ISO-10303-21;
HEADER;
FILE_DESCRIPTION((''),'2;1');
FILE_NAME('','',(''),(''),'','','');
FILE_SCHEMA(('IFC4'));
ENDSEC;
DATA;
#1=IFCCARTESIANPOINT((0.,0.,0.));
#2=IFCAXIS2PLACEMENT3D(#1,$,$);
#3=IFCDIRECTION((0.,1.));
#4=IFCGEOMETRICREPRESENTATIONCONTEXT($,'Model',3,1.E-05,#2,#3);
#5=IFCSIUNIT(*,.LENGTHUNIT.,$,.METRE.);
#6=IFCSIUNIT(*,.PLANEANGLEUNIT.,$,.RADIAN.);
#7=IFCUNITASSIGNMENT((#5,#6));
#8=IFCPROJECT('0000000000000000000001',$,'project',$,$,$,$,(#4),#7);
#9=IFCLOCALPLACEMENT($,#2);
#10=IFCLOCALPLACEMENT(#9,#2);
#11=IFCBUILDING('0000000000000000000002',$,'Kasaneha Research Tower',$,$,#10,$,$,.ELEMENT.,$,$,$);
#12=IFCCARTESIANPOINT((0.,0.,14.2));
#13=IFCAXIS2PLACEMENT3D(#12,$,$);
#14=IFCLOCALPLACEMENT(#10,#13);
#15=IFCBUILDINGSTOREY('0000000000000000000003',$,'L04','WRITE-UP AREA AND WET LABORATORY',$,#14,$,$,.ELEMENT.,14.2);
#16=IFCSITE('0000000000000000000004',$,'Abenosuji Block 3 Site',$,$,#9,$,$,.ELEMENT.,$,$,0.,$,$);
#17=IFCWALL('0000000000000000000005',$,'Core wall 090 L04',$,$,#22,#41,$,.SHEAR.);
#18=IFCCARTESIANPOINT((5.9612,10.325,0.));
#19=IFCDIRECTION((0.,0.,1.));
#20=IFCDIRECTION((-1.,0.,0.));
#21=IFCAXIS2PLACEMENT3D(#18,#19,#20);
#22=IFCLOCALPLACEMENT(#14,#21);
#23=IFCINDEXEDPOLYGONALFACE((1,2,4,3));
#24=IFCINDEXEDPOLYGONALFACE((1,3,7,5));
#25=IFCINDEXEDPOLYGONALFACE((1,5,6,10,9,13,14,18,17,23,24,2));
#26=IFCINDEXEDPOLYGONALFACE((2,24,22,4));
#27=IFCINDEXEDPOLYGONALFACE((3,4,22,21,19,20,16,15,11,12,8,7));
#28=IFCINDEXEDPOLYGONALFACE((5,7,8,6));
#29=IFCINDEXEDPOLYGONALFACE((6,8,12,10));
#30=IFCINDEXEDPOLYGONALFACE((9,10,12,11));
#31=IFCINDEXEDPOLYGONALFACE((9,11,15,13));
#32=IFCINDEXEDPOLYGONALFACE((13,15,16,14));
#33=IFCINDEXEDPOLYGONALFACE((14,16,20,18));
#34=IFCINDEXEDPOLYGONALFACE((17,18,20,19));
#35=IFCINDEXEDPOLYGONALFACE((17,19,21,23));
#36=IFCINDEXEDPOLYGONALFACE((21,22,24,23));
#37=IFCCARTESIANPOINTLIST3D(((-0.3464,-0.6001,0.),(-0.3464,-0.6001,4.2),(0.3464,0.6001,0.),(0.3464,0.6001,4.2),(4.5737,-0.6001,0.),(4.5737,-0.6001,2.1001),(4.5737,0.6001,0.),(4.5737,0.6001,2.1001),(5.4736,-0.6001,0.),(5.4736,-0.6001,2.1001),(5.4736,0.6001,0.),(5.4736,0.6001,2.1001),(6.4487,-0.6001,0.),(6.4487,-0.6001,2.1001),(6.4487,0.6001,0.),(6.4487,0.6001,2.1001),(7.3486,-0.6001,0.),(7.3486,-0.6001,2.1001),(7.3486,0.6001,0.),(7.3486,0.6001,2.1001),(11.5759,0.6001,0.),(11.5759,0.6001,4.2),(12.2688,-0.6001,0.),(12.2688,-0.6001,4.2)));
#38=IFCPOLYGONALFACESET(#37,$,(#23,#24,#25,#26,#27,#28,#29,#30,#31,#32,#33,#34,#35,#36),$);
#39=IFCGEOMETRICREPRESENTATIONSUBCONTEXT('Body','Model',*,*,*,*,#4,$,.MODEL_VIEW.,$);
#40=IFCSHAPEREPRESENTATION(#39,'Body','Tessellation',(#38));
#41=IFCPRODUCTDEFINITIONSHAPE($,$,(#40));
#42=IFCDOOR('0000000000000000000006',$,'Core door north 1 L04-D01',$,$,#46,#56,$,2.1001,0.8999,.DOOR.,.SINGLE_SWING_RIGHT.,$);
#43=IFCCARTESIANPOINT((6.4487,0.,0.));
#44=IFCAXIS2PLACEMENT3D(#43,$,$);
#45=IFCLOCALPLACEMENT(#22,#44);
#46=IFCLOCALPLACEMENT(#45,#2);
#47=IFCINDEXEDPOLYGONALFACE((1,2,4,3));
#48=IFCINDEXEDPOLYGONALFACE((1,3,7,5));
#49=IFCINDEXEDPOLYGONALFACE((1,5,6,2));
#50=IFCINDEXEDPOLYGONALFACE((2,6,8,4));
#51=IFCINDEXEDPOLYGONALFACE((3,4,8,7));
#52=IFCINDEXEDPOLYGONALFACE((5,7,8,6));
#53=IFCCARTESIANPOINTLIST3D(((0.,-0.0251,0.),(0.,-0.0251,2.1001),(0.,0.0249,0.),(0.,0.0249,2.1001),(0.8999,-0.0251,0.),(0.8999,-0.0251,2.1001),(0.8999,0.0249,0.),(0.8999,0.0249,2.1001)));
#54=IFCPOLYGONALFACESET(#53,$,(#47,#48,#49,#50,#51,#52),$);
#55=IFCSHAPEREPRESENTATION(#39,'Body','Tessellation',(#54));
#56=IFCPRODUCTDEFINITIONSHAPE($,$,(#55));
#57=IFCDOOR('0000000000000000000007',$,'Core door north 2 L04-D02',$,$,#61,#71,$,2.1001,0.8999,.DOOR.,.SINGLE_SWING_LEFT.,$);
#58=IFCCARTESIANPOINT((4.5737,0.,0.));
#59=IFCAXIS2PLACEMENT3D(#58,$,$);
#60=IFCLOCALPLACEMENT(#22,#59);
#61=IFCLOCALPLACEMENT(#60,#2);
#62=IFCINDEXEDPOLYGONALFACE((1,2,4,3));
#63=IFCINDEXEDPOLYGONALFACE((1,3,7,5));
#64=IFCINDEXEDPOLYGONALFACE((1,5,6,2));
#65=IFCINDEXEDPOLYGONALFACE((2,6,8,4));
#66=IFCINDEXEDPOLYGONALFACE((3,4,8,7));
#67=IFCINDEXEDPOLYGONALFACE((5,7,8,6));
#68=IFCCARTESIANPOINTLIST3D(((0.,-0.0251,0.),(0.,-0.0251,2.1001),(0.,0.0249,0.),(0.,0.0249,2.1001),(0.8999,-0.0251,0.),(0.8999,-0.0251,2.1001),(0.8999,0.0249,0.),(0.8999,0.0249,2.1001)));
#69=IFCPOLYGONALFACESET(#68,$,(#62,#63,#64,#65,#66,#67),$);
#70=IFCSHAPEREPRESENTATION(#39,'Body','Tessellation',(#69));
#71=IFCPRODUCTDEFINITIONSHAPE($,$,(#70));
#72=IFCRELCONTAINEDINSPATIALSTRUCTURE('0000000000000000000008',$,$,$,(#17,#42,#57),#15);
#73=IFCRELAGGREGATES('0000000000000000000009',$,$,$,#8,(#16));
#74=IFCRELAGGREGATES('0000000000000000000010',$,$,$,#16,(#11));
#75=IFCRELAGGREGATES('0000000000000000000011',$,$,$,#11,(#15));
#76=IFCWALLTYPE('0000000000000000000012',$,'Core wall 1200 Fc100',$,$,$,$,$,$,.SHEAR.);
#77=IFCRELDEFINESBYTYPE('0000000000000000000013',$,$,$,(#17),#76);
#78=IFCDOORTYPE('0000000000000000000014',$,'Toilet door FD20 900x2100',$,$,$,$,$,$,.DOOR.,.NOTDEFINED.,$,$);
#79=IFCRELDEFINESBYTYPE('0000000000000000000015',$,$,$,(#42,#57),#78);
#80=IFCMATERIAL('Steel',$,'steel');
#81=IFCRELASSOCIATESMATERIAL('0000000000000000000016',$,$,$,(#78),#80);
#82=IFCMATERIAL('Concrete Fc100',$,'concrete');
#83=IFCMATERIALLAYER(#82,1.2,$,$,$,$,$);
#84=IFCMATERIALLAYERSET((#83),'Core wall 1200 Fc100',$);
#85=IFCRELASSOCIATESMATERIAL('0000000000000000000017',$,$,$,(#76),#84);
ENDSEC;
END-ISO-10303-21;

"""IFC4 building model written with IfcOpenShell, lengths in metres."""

from ifc_helpers import new_model, si_unit, direction, frame, frame_2d, origin, place, context, subcontext, project, spatial, polyline, rectangle, outline, extrude, material, layer, layer_set, type_object, element, fill, save


model = new_model("IFC4")

# Units and contexts
model_context = context("Model", 3, precision=1e-05, world=origin(), true_north=direction((0.0, 1.0)))
body_context = subcontext(model_context, "Body", "Model", "MODEL_VIEW")
ifc_project = project(units=[si_unit("LENGTHUNIT", "METRE"), si_unit("PLANEANGLEUNIT", "RADIAN")], contexts=[model_context])

# Site, building, storey
site_placement = place(None, origin())
site = spatial("IfcSite", under=ifc_project, at=site_placement, Name="Abenosuji Block 3 Site", CompositionType="ELEMENT", RefElevation=0.0)
building_placement = place(site_placement, origin())
building = spatial("IfcBuilding", under=site, at=building_placement, Name="Kasaneha Research Tower", CompositionType="ELEMENT")
storey_placement = place(building_placement, frame((0.0, 0.0, 14.2)))
storey = spatial("IfcBuildingStorey", under=building, at=storey_placement, Name="L04", Description="WRITE-UP AREA AND WET LABORATORY", CompositionType="ELEMENT", Elevation=14.2)

# Shared definitions
ifc_material_1 = material(Name="Steel", Category="steel")
door_type_1 = type_object("IfcDoorType", Name="Toilet door FD20 900x2100", OperationType="NOTDEFINED", PredefinedType="DOOR", material=ifc_material_1)

# Wall, openings, doors
ifc_material_2 = material(Name="Concrete Fc100", Category="concrete")
ifc_layer_1 = layer(ifc_material_2, 1.2)
ifc_layer_set_1 = layer_set([ifc_layer_1], Name="Core wall 1200 Fc100")
wall_type_1 = type_object("IfcWallType", Name="Core wall 1200 Fc100", PredefinedType="SHEAR", material=ifc_layer_set_1)
wall_1_placement = place(storey_placement, frame((5.9612, 10.325, 0.0), z_axis=(0.0, 0.0, 1.0), x_axis=(-1.0, 0.0, 0.0)))
wall_1 = element("IfcWall", 1, at=wall_1_placement, inside=storey, type_object=wall_type_1, Name="Core wall 090 L04", PredefinedType="SHEAR", context=body_context, shape_type="SweptSolid", body=[
    extrude(outline(polyline([(-0.3464, -0.6001), (4.5737, -0.6001), (5.4736, -0.6001), (6.4487, -0.6001), (7.3486, -0.6001), (12.2688, -0.6001), (11.5759, 0.6001), (7.3486, 0.6001), (6.4487, 0.6001), (5.4736, 0.6001), (4.5737, 0.6001), (0.3464, 0.6001), (-0.3464, -0.6001)])), origin(), (0.0, 0.0, 1.0), 4.2),
])
opening_1_placement = place(wall_1_placement, frame((6.4487, 0.0, 0.0)))
opening_1 = element("IfcOpeningElement", 2, at=opening_1_placement, cuts=wall_1, PredefinedType="OPENING", context=body_context, shape_type="SweptSolid", body=[
    extrude(rectangle(XDim=0.8999, YDim=2.1001, at=frame_2d((0.45, 1.05))), frame((0.0, 0.6099, 0.0), z_axis=(0.0, -1.0, 0.0), x_axis=(1.0, 0.0, 0.0)), (0.0, 0.0, 1.0), 1.22),
])
opening_2_placement = place(wall_1_placement, frame((4.5737, 0.0, 0.0)))
opening_2 = element("IfcOpeningElement", 3, at=opening_2_placement, cuts=wall_1, PredefinedType="OPENING", context=body_context, shape_type="SweptSolid", body=[
    extrude(rectangle(XDim=0.8999, YDim=2.1001, at=frame_2d((0.45, 1.05))), frame((0.0, 0.6099, 0.0), z_axis=(0.0, -1.0, 0.0), x_axis=(1.0, 0.0, 0.0)), (0.0, 0.0, 1.0), 1.22),
])
door_1_placement = place(opening_1_placement, origin())
door_1 = element("IfcDoor", 4, at=door_1_placement, inside=storey, type_object=door_type_1, Name="Core door north 1 L04-D01", OperationType="SINGLE_SWING_RIGHT", OverallHeight=2.1001, OverallWidth=0.8999, PredefinedType="DOOR", context=body_context, shape_type="SweptSolid", body=[
    extrude(rectangle(XDim=0.8999, YDim=2.1001, at=frame_2d((0.45, 1.05))), frame((0.0, 0.0249, 0.0), z_axis=(0.0, -1.0, 0.0), x_axis=(1.0, 0.0, 0.0)), (0.0, 0.0, 1.0), 0.05),
])
fill(opening_1, door_1)
door_2_placement = place(opening_2_placement, origin())
door_2 = element("IfcDoor", 5, at=door_2_placement, inside=storey, type_object=door_type_1, Name="Core door north 2 L04-D02", OperationType="SINGLE_SWING_LEFT", OverallHeight=2.1001, OverallWidth=0.8999, PredefinedType="DOOR", context=body_context, shape_type="SweptSolid", body=[
    extrude(rectangle(XDim=0.8999, YDim=2.1001, at=frame_2d((0.45, 1.05))), frame((0.0, 0.0249, 0.0), z_axis=(0.0, -1.0, 0.0), x_axis=(1.0, 0.0, 0.0)), (0.0, 0.0, 1.0), 0.05),
])
fill(opening_2, door_2)

save(model, "model.ifc")
